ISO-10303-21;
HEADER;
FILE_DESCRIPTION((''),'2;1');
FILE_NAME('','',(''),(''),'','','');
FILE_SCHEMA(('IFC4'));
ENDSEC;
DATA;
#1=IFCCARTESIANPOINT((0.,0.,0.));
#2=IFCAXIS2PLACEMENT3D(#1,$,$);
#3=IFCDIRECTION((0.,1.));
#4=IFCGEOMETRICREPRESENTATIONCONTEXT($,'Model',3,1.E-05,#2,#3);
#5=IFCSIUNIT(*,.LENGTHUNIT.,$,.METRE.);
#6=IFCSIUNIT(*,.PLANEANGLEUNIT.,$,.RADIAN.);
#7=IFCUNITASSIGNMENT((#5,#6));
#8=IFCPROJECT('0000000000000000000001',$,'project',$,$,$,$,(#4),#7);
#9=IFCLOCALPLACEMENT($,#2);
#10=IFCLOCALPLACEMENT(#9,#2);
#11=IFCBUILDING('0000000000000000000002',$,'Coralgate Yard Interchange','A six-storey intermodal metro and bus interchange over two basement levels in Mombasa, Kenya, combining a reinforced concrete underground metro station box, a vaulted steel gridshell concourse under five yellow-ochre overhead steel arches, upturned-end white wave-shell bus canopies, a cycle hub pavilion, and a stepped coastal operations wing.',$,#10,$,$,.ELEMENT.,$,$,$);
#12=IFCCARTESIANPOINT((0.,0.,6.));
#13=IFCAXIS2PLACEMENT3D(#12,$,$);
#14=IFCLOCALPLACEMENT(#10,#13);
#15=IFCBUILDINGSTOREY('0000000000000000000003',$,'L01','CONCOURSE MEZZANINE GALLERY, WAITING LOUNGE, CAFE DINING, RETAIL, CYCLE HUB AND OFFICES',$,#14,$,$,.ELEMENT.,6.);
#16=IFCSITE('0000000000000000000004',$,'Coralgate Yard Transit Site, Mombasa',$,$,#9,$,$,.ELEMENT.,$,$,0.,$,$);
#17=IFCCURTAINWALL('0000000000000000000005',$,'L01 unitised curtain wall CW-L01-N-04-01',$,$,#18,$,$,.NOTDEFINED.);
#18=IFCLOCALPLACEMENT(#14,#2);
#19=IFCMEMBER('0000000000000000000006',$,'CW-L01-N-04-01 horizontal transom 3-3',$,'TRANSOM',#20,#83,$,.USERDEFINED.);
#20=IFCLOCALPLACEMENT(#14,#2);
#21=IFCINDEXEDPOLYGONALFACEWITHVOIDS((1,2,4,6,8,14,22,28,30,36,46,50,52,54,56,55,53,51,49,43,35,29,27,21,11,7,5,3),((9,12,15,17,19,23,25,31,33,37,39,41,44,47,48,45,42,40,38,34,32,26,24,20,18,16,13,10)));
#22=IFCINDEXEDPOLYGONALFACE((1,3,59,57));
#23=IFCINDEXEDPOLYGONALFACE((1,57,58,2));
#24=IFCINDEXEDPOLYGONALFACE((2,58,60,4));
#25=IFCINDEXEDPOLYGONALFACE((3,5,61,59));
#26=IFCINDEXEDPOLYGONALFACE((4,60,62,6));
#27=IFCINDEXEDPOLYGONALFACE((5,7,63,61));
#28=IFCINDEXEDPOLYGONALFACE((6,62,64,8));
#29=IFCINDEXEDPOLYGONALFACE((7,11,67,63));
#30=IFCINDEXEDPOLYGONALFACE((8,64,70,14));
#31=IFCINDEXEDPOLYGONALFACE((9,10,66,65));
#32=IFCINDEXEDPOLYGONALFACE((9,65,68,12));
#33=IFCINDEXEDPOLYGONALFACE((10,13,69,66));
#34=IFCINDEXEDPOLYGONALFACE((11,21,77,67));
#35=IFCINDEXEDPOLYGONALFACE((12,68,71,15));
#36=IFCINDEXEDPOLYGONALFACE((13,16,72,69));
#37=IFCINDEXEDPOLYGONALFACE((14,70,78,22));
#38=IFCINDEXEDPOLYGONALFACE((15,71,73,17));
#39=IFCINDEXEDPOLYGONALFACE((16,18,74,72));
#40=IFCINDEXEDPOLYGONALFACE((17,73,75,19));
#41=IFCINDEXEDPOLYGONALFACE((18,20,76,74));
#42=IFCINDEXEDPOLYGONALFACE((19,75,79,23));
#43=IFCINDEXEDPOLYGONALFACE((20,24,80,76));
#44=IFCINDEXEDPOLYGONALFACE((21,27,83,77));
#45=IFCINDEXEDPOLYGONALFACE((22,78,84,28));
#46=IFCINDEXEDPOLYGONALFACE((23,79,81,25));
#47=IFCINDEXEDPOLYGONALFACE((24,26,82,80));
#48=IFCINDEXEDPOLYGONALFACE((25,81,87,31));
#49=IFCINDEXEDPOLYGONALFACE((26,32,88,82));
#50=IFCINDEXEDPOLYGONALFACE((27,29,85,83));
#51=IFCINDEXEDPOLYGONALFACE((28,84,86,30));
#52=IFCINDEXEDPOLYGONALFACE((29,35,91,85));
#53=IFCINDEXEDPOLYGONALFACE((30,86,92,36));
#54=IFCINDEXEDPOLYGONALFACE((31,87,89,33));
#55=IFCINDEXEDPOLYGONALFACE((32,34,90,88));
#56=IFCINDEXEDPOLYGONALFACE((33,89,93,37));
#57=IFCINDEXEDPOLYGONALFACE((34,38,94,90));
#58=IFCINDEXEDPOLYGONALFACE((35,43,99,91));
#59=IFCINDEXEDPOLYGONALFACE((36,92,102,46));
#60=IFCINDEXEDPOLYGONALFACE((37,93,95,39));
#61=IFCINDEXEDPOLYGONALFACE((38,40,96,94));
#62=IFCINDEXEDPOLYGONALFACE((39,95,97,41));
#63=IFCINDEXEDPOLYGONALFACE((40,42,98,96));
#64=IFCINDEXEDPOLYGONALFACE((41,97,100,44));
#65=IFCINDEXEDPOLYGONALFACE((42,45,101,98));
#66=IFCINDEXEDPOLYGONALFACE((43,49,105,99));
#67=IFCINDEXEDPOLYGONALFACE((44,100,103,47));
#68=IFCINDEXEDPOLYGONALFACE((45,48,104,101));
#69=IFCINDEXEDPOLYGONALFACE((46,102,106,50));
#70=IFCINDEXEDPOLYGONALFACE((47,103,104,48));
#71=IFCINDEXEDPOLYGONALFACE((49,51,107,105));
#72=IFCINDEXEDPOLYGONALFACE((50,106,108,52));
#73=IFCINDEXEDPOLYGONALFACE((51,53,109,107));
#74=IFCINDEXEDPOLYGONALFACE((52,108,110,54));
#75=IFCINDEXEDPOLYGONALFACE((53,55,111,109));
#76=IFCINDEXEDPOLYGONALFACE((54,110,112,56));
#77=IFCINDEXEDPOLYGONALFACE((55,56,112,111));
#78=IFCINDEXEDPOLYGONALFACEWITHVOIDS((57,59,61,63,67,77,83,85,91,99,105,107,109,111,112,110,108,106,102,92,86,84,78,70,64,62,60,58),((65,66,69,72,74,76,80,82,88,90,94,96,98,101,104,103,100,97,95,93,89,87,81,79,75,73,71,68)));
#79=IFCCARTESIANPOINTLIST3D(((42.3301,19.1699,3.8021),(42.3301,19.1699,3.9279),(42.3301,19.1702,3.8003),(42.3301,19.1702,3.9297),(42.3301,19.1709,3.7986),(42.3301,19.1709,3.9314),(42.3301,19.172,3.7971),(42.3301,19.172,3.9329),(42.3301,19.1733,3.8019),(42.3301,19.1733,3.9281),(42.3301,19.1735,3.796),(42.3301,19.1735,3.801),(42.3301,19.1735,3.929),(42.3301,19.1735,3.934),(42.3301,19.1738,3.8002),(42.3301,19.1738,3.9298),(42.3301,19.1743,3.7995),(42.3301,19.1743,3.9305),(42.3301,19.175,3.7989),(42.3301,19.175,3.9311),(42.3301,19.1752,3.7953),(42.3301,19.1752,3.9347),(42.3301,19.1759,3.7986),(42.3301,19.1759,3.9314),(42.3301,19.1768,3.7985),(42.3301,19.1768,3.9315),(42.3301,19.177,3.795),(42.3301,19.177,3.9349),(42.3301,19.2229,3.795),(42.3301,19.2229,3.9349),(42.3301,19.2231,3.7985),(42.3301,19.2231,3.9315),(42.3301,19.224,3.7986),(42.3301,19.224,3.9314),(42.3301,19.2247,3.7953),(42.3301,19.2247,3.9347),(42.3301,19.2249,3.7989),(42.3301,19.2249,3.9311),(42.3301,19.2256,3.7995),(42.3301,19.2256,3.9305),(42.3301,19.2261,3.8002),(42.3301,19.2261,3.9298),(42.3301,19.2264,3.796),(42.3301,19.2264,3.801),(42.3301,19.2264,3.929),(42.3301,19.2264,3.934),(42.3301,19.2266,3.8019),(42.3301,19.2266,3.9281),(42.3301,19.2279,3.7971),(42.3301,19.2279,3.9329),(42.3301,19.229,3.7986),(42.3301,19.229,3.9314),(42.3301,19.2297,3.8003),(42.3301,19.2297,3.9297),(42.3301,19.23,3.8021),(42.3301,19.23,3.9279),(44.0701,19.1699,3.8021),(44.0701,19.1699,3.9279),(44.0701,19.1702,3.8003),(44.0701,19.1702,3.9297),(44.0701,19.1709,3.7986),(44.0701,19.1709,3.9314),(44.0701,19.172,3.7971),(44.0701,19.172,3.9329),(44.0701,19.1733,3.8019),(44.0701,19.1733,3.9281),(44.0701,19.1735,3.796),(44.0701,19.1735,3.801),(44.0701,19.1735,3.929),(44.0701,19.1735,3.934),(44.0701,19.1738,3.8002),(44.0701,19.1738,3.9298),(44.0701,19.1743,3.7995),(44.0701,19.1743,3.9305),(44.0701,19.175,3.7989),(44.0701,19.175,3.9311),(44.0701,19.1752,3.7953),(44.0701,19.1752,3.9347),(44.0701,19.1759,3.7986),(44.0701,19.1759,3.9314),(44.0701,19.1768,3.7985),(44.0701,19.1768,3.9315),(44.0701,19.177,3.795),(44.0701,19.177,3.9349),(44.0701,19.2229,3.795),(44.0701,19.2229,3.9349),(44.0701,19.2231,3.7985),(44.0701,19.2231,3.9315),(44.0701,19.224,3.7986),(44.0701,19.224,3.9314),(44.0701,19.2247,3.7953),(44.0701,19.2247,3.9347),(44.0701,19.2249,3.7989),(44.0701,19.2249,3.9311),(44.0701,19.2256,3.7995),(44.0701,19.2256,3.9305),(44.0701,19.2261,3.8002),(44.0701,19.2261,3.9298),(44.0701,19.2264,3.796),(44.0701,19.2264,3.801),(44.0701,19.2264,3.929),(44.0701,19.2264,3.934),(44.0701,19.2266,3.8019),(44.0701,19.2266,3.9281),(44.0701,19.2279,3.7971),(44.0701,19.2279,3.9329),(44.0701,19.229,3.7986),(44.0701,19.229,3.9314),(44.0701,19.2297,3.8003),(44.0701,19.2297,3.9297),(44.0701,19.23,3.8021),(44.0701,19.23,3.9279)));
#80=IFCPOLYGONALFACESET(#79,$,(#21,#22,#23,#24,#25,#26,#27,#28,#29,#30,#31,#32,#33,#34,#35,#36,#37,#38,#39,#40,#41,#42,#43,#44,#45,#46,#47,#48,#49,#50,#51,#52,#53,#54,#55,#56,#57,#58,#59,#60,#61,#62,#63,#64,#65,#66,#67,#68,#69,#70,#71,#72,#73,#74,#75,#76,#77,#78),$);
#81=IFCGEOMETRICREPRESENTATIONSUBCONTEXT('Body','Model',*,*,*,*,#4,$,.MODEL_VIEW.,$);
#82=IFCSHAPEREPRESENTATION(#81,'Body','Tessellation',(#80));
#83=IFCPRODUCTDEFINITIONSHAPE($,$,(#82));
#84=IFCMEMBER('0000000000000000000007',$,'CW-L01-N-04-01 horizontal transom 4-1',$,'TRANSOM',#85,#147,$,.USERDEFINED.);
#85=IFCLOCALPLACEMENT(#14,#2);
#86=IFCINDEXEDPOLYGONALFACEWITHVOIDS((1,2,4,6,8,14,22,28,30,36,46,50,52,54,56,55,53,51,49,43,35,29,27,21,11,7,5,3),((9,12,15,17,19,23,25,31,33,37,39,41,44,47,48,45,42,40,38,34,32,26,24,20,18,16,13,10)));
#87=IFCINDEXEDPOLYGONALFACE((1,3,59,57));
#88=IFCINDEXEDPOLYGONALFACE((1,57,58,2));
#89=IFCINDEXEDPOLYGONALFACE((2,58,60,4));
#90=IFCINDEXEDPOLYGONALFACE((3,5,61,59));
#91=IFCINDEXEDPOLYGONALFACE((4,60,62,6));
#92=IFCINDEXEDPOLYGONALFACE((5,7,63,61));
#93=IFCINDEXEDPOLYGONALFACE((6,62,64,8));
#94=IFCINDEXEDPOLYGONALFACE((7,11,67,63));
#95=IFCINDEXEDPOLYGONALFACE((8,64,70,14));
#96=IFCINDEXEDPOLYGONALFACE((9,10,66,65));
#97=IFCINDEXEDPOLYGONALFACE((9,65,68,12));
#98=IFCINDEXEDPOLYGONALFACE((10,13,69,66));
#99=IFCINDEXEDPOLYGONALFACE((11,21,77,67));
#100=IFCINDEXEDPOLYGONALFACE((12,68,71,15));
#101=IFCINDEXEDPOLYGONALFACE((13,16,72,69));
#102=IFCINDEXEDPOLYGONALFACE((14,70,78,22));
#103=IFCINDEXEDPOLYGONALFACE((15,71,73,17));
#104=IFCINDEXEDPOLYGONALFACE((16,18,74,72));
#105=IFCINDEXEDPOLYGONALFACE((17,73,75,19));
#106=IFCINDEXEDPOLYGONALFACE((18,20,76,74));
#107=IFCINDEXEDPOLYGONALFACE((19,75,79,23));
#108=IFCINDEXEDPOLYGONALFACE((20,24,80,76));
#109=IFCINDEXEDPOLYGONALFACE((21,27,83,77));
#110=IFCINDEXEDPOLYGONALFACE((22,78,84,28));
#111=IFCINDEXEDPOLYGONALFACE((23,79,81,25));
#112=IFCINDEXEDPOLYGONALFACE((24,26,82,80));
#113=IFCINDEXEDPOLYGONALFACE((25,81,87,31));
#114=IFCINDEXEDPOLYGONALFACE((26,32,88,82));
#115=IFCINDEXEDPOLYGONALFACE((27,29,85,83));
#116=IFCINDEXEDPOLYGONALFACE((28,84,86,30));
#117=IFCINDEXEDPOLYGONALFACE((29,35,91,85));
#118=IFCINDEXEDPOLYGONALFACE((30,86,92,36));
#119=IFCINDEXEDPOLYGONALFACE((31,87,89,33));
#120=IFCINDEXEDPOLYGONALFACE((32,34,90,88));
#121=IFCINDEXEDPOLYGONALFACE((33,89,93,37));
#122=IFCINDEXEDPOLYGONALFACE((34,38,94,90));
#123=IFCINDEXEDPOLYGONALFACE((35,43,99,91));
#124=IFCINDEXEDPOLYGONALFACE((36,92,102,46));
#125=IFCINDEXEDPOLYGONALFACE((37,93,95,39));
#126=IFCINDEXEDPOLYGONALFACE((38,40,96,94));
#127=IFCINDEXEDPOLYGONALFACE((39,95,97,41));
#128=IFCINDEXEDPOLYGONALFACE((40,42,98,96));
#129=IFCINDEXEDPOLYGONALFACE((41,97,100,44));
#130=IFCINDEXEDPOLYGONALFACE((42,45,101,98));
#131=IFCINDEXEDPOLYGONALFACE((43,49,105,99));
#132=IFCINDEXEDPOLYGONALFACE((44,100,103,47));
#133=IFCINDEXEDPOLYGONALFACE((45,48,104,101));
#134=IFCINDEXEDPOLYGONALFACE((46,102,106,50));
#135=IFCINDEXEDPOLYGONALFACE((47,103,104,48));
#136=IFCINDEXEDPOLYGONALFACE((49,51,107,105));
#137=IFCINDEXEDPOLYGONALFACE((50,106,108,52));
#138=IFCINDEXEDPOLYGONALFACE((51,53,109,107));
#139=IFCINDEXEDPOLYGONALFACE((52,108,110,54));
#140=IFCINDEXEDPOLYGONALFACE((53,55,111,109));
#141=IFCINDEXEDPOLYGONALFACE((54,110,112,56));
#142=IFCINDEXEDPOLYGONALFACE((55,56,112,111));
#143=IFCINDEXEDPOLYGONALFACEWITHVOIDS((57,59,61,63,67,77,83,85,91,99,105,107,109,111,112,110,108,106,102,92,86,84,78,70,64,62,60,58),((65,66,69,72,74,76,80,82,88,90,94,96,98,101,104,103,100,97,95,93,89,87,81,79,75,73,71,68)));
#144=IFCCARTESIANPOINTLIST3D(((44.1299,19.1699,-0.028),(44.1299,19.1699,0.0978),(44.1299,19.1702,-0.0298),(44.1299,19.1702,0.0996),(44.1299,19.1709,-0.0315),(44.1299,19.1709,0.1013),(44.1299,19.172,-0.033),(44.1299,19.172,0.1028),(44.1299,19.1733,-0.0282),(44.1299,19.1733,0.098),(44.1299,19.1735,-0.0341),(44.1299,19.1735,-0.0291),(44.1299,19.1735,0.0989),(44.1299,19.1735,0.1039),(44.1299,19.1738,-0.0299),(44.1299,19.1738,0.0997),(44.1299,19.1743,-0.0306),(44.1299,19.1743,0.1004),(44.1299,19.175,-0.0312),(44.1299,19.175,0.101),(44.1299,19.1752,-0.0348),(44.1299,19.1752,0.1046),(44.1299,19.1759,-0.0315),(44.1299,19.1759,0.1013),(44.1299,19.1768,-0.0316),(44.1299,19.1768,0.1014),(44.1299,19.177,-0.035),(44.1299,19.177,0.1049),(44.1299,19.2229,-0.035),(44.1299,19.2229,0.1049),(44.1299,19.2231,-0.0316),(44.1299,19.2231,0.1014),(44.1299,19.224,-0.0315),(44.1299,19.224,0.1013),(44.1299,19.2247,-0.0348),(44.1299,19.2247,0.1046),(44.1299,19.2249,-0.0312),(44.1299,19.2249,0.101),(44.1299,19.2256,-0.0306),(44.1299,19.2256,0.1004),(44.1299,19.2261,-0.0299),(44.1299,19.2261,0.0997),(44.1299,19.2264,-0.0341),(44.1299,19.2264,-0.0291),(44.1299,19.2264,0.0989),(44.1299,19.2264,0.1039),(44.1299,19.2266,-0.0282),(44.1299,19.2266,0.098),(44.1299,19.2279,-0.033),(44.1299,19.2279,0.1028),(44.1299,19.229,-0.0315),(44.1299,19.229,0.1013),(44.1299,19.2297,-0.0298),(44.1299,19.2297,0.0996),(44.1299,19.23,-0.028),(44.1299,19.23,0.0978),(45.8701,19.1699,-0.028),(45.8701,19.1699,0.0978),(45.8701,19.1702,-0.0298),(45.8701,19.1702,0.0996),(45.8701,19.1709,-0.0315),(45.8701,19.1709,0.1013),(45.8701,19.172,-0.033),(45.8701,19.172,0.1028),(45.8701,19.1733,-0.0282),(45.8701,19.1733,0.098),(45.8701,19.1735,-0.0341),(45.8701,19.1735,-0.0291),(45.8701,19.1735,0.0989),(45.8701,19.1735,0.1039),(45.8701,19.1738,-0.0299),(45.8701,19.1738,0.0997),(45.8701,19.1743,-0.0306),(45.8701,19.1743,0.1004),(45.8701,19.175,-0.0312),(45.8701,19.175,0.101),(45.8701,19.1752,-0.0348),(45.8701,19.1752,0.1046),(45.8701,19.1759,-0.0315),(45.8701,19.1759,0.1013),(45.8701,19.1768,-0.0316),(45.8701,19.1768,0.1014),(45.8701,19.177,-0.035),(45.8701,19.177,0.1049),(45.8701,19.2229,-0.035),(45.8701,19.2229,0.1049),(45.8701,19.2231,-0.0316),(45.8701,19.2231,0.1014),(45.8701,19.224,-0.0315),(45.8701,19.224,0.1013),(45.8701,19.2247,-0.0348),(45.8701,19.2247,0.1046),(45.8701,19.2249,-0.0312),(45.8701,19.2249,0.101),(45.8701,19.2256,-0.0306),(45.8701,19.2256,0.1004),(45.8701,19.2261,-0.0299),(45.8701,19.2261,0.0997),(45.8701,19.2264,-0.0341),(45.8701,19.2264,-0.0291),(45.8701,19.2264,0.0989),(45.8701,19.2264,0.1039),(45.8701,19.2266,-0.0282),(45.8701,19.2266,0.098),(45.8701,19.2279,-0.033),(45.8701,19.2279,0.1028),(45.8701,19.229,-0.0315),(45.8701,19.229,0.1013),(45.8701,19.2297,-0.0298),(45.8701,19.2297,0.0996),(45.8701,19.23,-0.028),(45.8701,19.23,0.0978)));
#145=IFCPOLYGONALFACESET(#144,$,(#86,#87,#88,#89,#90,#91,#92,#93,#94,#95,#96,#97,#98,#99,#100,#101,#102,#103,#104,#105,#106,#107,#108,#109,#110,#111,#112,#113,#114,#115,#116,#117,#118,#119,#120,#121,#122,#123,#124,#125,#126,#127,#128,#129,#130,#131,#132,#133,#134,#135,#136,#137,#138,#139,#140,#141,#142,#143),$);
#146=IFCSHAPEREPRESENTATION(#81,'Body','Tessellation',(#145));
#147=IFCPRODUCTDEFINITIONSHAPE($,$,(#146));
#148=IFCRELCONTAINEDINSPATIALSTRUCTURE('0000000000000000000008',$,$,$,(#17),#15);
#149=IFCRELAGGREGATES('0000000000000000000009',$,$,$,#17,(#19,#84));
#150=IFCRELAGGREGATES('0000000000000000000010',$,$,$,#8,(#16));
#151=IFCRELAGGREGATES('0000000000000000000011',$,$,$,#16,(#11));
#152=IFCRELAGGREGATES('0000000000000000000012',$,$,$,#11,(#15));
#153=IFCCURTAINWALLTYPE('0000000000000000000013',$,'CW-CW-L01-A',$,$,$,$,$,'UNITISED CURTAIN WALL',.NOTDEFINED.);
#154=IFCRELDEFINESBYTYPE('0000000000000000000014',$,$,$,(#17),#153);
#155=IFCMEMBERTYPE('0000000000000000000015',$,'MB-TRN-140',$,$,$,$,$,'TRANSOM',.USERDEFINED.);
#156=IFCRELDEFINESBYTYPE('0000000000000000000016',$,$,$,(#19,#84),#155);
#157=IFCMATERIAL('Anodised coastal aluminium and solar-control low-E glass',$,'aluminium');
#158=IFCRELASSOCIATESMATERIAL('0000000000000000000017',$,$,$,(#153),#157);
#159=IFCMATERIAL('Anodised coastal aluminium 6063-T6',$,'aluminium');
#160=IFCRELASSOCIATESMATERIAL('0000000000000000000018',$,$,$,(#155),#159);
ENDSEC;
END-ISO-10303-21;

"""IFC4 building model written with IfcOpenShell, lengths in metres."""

from ifc_helpers import new_model, si_unit, direction, frame, origin, origin_2d, place, context, subcontext, project, spatial, hollow_rectangle, extrude, material, material_profile, profile_set, type_object, element, aggregate, save


model = new_model("IFC4")

# Units and contexts
model_context = context("Model", 3, precision=1e-05, world=origin(), true_north=direction((0.0, 1.0)))
body_context = subcontext(model_context, "Body", "Model", "MODEL_VIEW")
ifc_project = project(units=[si_unit("LENGTHUNIT", "METRE"), si_unit("PLANEANGLEUNIT", "RADIAN")], contexts=[model_context])

# Site, building, storey
site_placement = place(None, origin())
site = spatial("IfcSite", under=ifc_project, at=site_placement, Name="Coralgate Yard Transit Site, Mombasa", CompositionType="ELEMENT", RefElevation=0.0)
building_placement = place(site_placement, origin())
building = spatial("IfcBuilding", under=site, at=building_placement, Name="Coralgate Yard Interchange", Description="A six-storey intermodal metro and bus interchange over two basement levels in Mombasa, Kenya, combining a reinforced concrete underground metro station box, a vaulted steel gridshell concourse under five yellow-ochre overhead steel arches, upturned-end white wave-shell bus canopies, a cycle hub pavilion, and a stepped coastal operations wing.", CompositionType="ELEMENT")
storey_placement = place(building_placement, frame((0.0, 0.0, 6.0)))
storey = spatial("IfcBuildingStorey", under=building, at=storey_placement, Name="L01", Description="CONCOURSE MEZZANINE GALLERY, WAITING LOUNGE, CAFE DINING, RETAIL, CYCLE HUB AND OFFICES", CompositionType="ELEMENT", Elevation=6.0)

# Curtain wall, members
ifc_material_1 = material(Name="Anodised coastal aluminium and solar-control low-E glass", Category="aluminium")
curtain_wall_type = type_object("IfcCurtainWallType", Name="CW-CW-L01-A", ElementType="UNITISED CURTAIN WALL", PredefinedType="NOTDEFINED", material=ifc_material_1)
curtain_wall_placement = place(storey_placement, origin())
curtain_wall = element("IfcCurtainWall", 1, at=curtain_wall_placement, inside=storey, type_object=curtain_wall_type, Name="L01 unitised curtain wall CW-L01-N-04-01", PredefinedType="NOTDEFINED")
ifc_material_2 = material(Name="Anodised coastal aluminium 6063-T6", Category="aluminium")
ifc_material_profile_1 = material_profile(ifc_material_2, hollow_rectangle(XDim=0.0601, YDim=0.1399, WallThickness=0.0034, InnerFilletRadius=0.0034, OuterFilletRadius=0.0071, at=origin_2d()), Name="ALU 60x140x3.5")
ifc_profile_set_1 = profile_set([ifc_material_profile_1], Name="Anodised coastal aluminium 6063-T6")
member_type_1 = type_object("IfcMemberType", Name="MB-TRN-140", ElementType="TRANSOM", PredefinedType="USERDEFINED", material=ifc_profile_set_1)
member_1_placement = place(storey_placement, frame((42.3301, 19.2, 3.865), z_axis=(1.0, 0.0, 0.0), x_axis=(0.0, 1.0, 0.0)))
member_1 = element("IfcMember", 2, at=member_1_placement, type_object=member_type_1, Name="CW-L01-N-04-01 horizontal transom 3-3", ObjectType="TRANSOM", PredefinedType="USERDEFINED", context=body_context, shape_type="SweptSolid", body=[
    extrude(hollow_rectangle(XDim=0.0601, YDim=0.1399, WallThickness=0.0034, InnerFilletRadius=0.0034, OuterFilletRadius=0.0071, at=origin_2d()), origin(), (0.0, 0.0, 1.0), 1.74),
])
member_2_placement = place(storey_placement, frame((44.1299, 19.2, 0.0349), z_axis=(1.0, 0.0, 0.0), x_axis=(0.0, 1.0, 0.0)))
member_2 = element("IfcMember", 3, at=member_2_placement, type_object=member_type_1, Name="CW-L01-N-04-01 horizontal transom 4-1", ObjectType="TRANSOM", PredefinedType="USERDEFINED", context=body_context, shape_type="SweptSolid", body=[
    extrude(hollow_rectangle(XDim=0.0601, YDim=0.1399, WallThickness=0.0034, InnerFilletRadius=0.0034, OuterFilletRadius=0.0071, at=origin_2d()), origin(), (0.0, 0.0, 1.0), 1.7402),
])
aggregate(curtain_wall, [member_1, member_2])

save(model, "model.ifc")
